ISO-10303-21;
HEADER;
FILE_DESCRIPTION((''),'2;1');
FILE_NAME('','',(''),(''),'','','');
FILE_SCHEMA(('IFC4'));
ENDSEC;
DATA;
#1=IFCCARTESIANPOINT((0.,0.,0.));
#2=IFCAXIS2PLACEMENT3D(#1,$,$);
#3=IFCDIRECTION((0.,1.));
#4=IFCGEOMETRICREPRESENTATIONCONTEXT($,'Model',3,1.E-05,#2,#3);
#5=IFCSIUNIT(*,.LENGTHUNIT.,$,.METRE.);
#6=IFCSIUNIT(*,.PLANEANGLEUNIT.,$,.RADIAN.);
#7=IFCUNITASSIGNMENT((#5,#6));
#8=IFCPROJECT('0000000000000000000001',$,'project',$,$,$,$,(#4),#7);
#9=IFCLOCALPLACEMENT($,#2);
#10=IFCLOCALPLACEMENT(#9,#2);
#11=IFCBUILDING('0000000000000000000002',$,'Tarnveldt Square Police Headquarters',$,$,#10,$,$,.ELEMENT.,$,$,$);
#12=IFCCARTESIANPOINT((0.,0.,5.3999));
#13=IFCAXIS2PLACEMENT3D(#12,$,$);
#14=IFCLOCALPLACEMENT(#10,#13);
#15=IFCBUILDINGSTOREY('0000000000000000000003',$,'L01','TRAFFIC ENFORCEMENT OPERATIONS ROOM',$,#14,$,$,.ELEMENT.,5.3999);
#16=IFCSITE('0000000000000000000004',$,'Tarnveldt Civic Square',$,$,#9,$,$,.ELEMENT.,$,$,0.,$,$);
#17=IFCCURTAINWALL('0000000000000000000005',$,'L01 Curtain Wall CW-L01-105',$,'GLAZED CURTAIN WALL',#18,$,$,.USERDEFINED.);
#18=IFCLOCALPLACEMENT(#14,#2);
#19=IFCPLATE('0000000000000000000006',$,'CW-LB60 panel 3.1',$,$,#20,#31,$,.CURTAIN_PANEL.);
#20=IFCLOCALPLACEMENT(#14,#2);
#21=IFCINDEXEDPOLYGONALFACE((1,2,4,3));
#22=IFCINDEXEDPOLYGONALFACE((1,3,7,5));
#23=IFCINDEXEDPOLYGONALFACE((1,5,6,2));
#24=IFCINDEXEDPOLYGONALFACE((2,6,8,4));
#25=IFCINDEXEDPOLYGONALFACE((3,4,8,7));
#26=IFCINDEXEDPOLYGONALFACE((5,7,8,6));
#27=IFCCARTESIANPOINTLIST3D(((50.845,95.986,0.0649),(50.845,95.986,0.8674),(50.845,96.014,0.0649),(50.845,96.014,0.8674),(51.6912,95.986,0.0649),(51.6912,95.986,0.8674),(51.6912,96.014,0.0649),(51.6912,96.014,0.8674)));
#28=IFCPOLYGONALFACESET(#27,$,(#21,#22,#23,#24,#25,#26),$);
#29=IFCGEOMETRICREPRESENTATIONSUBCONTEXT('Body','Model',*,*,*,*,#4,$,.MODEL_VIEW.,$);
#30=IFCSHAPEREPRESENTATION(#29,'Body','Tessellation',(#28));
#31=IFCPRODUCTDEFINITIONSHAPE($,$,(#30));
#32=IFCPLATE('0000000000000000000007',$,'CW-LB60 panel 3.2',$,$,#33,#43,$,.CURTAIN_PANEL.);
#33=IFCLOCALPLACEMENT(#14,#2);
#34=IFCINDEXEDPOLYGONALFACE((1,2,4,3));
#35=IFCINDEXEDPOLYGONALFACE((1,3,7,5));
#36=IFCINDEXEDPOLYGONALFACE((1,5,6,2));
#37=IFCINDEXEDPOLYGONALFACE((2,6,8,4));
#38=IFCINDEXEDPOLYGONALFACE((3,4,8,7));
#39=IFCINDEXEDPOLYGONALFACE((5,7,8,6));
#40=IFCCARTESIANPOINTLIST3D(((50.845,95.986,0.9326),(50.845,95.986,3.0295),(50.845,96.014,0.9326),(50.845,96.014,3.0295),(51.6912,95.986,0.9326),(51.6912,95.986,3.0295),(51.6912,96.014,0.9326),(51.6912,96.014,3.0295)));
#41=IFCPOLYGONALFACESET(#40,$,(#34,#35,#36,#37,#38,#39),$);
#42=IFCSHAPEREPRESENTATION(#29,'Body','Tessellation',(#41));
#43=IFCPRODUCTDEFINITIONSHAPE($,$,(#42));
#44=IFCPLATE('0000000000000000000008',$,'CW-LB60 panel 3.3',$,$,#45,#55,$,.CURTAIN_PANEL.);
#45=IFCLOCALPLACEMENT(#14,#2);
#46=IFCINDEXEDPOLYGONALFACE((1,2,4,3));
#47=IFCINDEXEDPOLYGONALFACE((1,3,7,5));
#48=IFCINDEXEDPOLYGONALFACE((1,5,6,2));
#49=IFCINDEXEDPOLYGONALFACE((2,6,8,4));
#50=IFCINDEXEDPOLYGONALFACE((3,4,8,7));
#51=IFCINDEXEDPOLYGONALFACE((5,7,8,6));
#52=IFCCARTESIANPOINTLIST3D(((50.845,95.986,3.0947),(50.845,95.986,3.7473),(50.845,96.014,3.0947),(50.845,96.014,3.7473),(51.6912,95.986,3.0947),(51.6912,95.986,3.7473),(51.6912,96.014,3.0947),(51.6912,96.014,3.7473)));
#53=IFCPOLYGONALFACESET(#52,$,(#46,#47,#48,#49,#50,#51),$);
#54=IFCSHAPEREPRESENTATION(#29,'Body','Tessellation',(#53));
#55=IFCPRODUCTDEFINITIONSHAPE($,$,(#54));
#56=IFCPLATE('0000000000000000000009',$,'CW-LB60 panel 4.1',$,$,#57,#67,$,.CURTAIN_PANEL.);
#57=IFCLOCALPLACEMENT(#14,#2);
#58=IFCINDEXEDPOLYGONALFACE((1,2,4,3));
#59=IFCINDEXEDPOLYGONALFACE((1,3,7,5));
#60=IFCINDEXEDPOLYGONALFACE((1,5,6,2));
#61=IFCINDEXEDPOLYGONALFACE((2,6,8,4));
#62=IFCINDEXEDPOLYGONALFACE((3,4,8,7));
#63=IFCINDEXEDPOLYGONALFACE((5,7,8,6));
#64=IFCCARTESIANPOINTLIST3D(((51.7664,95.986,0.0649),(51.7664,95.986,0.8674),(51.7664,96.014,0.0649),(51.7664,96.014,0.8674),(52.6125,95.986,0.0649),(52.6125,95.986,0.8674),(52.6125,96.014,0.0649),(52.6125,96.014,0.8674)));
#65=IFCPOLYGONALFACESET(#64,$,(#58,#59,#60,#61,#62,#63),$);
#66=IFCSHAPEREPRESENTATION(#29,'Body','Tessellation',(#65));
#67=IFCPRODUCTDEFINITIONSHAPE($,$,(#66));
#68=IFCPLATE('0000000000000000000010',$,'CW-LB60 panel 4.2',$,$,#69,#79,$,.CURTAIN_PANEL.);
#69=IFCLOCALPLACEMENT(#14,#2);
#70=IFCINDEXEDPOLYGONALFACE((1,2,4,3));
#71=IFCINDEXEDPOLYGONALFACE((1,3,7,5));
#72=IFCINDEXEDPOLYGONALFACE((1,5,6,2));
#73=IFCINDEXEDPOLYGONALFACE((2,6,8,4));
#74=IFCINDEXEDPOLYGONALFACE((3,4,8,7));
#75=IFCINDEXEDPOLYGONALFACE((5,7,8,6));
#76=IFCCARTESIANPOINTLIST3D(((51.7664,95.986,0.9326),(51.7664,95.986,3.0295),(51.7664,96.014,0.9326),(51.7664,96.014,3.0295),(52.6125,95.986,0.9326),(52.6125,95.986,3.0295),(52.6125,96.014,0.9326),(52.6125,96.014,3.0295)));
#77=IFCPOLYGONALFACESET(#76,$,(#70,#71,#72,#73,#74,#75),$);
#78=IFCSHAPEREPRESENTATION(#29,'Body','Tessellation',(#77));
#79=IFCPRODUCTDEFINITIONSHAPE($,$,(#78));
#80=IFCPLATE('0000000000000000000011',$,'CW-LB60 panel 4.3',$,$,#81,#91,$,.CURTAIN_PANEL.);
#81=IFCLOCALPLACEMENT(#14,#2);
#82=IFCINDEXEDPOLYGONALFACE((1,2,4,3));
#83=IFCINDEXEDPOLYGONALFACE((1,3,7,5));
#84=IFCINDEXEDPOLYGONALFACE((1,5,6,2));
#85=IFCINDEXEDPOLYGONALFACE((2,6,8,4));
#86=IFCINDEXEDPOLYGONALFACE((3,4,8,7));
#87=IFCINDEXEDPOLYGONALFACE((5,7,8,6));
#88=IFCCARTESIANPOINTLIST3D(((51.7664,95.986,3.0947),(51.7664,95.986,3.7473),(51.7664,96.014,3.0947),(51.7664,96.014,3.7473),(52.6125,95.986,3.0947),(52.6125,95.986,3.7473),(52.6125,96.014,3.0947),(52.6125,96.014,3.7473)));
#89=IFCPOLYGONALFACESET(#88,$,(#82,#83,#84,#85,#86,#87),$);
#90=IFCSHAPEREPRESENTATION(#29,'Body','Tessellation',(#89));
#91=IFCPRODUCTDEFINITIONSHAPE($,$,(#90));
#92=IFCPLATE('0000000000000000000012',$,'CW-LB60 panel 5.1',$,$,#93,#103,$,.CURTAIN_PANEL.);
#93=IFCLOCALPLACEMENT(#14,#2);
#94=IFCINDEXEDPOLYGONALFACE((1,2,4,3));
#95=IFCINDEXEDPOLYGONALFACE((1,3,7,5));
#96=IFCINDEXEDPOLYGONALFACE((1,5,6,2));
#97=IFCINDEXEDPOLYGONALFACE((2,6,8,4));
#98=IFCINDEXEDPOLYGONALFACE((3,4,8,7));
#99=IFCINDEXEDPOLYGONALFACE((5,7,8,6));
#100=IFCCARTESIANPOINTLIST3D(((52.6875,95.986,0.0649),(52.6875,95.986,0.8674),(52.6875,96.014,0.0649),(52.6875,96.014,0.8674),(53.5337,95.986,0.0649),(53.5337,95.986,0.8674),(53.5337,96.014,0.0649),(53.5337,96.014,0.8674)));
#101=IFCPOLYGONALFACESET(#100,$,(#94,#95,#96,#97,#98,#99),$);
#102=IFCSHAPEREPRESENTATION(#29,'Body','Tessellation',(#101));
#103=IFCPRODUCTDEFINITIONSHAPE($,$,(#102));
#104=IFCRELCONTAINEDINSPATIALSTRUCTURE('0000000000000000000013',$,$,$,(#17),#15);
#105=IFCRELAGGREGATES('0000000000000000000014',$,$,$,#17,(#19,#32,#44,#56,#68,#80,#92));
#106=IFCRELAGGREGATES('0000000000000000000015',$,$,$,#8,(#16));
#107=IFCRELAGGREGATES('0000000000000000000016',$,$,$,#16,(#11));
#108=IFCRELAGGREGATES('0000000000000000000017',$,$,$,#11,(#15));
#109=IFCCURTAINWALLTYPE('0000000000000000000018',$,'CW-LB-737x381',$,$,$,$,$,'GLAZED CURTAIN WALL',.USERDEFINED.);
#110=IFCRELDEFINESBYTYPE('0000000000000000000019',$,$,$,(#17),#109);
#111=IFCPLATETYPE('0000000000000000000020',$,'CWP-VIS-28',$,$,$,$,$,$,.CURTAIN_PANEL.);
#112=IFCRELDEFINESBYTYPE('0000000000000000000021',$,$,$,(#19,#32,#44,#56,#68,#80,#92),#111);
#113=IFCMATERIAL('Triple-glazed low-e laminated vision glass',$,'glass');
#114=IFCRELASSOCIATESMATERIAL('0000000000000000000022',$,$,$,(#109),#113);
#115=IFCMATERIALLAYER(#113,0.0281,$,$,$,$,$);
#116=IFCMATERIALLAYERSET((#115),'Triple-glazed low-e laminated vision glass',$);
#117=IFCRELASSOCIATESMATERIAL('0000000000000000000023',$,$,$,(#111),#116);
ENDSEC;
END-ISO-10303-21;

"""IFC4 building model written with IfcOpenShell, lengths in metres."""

from ifc_helpers import new_model, si_unit, direction, frame, origin, origin_2d, place, context, subcontext, project, spatial, rectangle, extrude, material, layer, layer_set, type_object, element, aggregate, save


model = new_model("IFC4")

# Units and contexts
model_context = context("Model", 3, precision=1e-05, world=origin(), true_north=direction((0.0, 1.0)))
body_context = subcontext(model_context, "Body", "Model", "MODEL_VIEW")
ifc_project = project(units=[si_unit("LENGTHUNIT", "METRE"), si_unit("PLANEANGLEUNIT", "RADIAN")], contexts=[model_context])

# Site, building, storey
site_placement = place(None, origin())
site = spatial("IfcSite", under=ifc_project, at=site_placement, Name="Tarnveldt Civic Square", CompositionType="ELEMENT", RefElevation=0.0)
building_placement = place(site_placement, origin())
building = spatial("IfcBuilding", under=site, at=building_placement, Name="Tarnveldt Square Police Headquarters", CompositionType="ELEMENT")
storey_placement = place(building_placement, frame((0.0, 0.0, 5.3999)))
storey = spatial("IfcBuildingStorey", under=building, at=storey_placement, Name="L01", Description="TRAFFIC ENFORCEMENT OPERATIONS ROOM", CompositionType="ELEMENT", Elevation=5.3999)

# Curtain wall, plates
ifc_material_1 = material(Name="Triple-glazed low-e laminated vision glass", Category="glass")
curtain_wall_type = type_object("IfcCurtainWallType", Name="CW-LB-737x381", ElementType="GLAZED CURTAIN WALL", PredefinedType="USERDEFINED", material=ifc_material_1)
curtain_wall_placement = place(storey_placement, origin())
curtain_wall = element("IfcCurtainWall", 1, at=curtain_wall_placement, inside=storey, type_object=curtain_wall_type, Name="L01 Curtain Wall CW-L01-105", ObjectType="GLAZED CURTAIN WALL", PredefinedType="USERDEFINED")
ifc_layer = layer(ifc_material_1, 0.0281)
ifc_layer_set = layer_set([ifc_layer], Name="Triple-glazed low-e laminated vision glass")
plate_type = type_object("IfcPlateType", Name="CWP-VIS-28", PredefinedType="CURTAIN_PANEL", material=ifc_layer_set)
plate_1_placement = place(storey_placement, frame((51.2681, 96.0, 0.0649), z_axis=(0.0, 0.0, 1.0), x_axis=(1.0, 0.0, 0.0)))
plate_1 = element("IfcPlate", 2, at=plate_1_placement, type_object=plate_type, Name="CW-LB60 panel 3.1", PredefinedType="CURTAIN_PANEL", context=body_context, shape_type="SweptSolid", body=[
    extrude(rectangle(XDim=0.8462, YDim=0.0281, at=origin_2d()), origin(), (0.0, 0.0, 1.0), 0.8025),
])
plate_2_placement = place(storey_placement, frame((51.2681, 96.0, 0.9326), z_axis=(0.0, 0.0, 1.0), x_axis=(1.0, 0.0, 0.0)))
plate_2 = element("IfcPlate", 3, at=plate_2_placement, type_object=plate_type, Name="CW-LB60 panel 3.2", PredefinedType="CURTAIN_PANEL", context=body_context, shape_type="SweptSolid", body=[
    extrude(rectangle(XDim=0.8462, YDim=0.0281, at=origin_2d()), origin(), (0.0, 0.0, 1.0), 2.0969),
])
plate_3_placement = place(storey_placement, frame((51.2681, 96.0, 3.0947), z_axis=(0.0, 0.0, 1.0), x_axis=(1.0, 0.0, 0.0)))
plate_3 = element("IfcPlate", 4, at=plate_3_placement, type_object=plate_type, Name="CW-LB60 panel 3.3", PredefinedType="CURTAIN_PANEL", context=body_context, shape_type="SweptSolid", body=[
    extrude(rectangle(XDim=0.8462, YDim=0.0281, at=origin_2d()), origin(), (0.0, 0.0, 1.0), 0.6526),
])
plate_4_placement = place(storey_placement, frame((52.1895, 96.0, 0.0649), z_axis=(0.0, 0.0, 1.0), x_axis=(1.0, 0.0, 0.0)))
plate_4 = element("IfcPlate", 5, at=plate_4_placement, type_object=plate_type, Name="CW-LB60 panel 4.1", PredefinedType="CURTAIN_PANEL", context=body_context, shape_type="SweptSolid", body=[
    extrude(rectangle(XDim=0.8462, YDim=0.0281, at=origin_2d()), origin(), (0.0, 0.0, 1.0), 0.8025),
])
plate_5_placement = place(storey_placement, frame((52.1895, 96.0, 0.9326), z_axis=(0.0, 0.0, 1.0), x_axis=(1.0, 0.0, 0.0)))
plate_5 = element("IfcPlate", 6, at=plate_5_placement, type_object=plate_type, Name="CW-LB60 panel 4.2", PredefinedType="CURTAIN_PANEL", context=body_context, shape_type="SweptSolid", body=[
    extrude(rectangle(XDim=0.8462, YDim=0.0281, at=origin_2d()), origin(), (0.0, 0.0, 1.0), 2.0969),
])
plate_6_placement = place(storey_placement, frame((52.1895, 96.0, 3.0947), z_axis=(0.0, 0.0, 1.0), x_axis=(1.0, 0.0, 0.0)))
plate_6 = element("IfcPlate", 7, at=plate_6_placement, type_object=plate_type, Name="CW-LB60 panel 4.3", PredefinedType="CURTAIN_PANEL", context=body_context, shape_type="SweptSolid", body=[
    extrude(rectangle(XDim=0.8462, YDim=0.0281, at=origin_2d()), origin(), (0.0, 0.0, 1.0), 0.6526),
])
plate_7_placement = place(storey_placement, frame((53.1106, 96.0, 0.0649), z_axis=(0.0, 0.0, 1.0), x_axis=(1.0, 0.0, 0.0)))
plate_7 = element("IfcPlate", 8, at=plate_7_placement, type_object=plate_type, Name="CW-LB60 panel 5.1", PredefinedType="CURTAIN_PANEL", context=body_context, shape_type="SweptSolid", body=[
    extrude(rectangle(XDim=0.8462, YDim=0.0281, at=origin_2d()), origin(), (0.0, 0.0, 1.0), 0.8025),
])
aggregate(curtain_wall, [plate_1, plate_2, plate_3, plate_4, plate_5, plate_6, plate_7])

save(model, "model.ifc")
